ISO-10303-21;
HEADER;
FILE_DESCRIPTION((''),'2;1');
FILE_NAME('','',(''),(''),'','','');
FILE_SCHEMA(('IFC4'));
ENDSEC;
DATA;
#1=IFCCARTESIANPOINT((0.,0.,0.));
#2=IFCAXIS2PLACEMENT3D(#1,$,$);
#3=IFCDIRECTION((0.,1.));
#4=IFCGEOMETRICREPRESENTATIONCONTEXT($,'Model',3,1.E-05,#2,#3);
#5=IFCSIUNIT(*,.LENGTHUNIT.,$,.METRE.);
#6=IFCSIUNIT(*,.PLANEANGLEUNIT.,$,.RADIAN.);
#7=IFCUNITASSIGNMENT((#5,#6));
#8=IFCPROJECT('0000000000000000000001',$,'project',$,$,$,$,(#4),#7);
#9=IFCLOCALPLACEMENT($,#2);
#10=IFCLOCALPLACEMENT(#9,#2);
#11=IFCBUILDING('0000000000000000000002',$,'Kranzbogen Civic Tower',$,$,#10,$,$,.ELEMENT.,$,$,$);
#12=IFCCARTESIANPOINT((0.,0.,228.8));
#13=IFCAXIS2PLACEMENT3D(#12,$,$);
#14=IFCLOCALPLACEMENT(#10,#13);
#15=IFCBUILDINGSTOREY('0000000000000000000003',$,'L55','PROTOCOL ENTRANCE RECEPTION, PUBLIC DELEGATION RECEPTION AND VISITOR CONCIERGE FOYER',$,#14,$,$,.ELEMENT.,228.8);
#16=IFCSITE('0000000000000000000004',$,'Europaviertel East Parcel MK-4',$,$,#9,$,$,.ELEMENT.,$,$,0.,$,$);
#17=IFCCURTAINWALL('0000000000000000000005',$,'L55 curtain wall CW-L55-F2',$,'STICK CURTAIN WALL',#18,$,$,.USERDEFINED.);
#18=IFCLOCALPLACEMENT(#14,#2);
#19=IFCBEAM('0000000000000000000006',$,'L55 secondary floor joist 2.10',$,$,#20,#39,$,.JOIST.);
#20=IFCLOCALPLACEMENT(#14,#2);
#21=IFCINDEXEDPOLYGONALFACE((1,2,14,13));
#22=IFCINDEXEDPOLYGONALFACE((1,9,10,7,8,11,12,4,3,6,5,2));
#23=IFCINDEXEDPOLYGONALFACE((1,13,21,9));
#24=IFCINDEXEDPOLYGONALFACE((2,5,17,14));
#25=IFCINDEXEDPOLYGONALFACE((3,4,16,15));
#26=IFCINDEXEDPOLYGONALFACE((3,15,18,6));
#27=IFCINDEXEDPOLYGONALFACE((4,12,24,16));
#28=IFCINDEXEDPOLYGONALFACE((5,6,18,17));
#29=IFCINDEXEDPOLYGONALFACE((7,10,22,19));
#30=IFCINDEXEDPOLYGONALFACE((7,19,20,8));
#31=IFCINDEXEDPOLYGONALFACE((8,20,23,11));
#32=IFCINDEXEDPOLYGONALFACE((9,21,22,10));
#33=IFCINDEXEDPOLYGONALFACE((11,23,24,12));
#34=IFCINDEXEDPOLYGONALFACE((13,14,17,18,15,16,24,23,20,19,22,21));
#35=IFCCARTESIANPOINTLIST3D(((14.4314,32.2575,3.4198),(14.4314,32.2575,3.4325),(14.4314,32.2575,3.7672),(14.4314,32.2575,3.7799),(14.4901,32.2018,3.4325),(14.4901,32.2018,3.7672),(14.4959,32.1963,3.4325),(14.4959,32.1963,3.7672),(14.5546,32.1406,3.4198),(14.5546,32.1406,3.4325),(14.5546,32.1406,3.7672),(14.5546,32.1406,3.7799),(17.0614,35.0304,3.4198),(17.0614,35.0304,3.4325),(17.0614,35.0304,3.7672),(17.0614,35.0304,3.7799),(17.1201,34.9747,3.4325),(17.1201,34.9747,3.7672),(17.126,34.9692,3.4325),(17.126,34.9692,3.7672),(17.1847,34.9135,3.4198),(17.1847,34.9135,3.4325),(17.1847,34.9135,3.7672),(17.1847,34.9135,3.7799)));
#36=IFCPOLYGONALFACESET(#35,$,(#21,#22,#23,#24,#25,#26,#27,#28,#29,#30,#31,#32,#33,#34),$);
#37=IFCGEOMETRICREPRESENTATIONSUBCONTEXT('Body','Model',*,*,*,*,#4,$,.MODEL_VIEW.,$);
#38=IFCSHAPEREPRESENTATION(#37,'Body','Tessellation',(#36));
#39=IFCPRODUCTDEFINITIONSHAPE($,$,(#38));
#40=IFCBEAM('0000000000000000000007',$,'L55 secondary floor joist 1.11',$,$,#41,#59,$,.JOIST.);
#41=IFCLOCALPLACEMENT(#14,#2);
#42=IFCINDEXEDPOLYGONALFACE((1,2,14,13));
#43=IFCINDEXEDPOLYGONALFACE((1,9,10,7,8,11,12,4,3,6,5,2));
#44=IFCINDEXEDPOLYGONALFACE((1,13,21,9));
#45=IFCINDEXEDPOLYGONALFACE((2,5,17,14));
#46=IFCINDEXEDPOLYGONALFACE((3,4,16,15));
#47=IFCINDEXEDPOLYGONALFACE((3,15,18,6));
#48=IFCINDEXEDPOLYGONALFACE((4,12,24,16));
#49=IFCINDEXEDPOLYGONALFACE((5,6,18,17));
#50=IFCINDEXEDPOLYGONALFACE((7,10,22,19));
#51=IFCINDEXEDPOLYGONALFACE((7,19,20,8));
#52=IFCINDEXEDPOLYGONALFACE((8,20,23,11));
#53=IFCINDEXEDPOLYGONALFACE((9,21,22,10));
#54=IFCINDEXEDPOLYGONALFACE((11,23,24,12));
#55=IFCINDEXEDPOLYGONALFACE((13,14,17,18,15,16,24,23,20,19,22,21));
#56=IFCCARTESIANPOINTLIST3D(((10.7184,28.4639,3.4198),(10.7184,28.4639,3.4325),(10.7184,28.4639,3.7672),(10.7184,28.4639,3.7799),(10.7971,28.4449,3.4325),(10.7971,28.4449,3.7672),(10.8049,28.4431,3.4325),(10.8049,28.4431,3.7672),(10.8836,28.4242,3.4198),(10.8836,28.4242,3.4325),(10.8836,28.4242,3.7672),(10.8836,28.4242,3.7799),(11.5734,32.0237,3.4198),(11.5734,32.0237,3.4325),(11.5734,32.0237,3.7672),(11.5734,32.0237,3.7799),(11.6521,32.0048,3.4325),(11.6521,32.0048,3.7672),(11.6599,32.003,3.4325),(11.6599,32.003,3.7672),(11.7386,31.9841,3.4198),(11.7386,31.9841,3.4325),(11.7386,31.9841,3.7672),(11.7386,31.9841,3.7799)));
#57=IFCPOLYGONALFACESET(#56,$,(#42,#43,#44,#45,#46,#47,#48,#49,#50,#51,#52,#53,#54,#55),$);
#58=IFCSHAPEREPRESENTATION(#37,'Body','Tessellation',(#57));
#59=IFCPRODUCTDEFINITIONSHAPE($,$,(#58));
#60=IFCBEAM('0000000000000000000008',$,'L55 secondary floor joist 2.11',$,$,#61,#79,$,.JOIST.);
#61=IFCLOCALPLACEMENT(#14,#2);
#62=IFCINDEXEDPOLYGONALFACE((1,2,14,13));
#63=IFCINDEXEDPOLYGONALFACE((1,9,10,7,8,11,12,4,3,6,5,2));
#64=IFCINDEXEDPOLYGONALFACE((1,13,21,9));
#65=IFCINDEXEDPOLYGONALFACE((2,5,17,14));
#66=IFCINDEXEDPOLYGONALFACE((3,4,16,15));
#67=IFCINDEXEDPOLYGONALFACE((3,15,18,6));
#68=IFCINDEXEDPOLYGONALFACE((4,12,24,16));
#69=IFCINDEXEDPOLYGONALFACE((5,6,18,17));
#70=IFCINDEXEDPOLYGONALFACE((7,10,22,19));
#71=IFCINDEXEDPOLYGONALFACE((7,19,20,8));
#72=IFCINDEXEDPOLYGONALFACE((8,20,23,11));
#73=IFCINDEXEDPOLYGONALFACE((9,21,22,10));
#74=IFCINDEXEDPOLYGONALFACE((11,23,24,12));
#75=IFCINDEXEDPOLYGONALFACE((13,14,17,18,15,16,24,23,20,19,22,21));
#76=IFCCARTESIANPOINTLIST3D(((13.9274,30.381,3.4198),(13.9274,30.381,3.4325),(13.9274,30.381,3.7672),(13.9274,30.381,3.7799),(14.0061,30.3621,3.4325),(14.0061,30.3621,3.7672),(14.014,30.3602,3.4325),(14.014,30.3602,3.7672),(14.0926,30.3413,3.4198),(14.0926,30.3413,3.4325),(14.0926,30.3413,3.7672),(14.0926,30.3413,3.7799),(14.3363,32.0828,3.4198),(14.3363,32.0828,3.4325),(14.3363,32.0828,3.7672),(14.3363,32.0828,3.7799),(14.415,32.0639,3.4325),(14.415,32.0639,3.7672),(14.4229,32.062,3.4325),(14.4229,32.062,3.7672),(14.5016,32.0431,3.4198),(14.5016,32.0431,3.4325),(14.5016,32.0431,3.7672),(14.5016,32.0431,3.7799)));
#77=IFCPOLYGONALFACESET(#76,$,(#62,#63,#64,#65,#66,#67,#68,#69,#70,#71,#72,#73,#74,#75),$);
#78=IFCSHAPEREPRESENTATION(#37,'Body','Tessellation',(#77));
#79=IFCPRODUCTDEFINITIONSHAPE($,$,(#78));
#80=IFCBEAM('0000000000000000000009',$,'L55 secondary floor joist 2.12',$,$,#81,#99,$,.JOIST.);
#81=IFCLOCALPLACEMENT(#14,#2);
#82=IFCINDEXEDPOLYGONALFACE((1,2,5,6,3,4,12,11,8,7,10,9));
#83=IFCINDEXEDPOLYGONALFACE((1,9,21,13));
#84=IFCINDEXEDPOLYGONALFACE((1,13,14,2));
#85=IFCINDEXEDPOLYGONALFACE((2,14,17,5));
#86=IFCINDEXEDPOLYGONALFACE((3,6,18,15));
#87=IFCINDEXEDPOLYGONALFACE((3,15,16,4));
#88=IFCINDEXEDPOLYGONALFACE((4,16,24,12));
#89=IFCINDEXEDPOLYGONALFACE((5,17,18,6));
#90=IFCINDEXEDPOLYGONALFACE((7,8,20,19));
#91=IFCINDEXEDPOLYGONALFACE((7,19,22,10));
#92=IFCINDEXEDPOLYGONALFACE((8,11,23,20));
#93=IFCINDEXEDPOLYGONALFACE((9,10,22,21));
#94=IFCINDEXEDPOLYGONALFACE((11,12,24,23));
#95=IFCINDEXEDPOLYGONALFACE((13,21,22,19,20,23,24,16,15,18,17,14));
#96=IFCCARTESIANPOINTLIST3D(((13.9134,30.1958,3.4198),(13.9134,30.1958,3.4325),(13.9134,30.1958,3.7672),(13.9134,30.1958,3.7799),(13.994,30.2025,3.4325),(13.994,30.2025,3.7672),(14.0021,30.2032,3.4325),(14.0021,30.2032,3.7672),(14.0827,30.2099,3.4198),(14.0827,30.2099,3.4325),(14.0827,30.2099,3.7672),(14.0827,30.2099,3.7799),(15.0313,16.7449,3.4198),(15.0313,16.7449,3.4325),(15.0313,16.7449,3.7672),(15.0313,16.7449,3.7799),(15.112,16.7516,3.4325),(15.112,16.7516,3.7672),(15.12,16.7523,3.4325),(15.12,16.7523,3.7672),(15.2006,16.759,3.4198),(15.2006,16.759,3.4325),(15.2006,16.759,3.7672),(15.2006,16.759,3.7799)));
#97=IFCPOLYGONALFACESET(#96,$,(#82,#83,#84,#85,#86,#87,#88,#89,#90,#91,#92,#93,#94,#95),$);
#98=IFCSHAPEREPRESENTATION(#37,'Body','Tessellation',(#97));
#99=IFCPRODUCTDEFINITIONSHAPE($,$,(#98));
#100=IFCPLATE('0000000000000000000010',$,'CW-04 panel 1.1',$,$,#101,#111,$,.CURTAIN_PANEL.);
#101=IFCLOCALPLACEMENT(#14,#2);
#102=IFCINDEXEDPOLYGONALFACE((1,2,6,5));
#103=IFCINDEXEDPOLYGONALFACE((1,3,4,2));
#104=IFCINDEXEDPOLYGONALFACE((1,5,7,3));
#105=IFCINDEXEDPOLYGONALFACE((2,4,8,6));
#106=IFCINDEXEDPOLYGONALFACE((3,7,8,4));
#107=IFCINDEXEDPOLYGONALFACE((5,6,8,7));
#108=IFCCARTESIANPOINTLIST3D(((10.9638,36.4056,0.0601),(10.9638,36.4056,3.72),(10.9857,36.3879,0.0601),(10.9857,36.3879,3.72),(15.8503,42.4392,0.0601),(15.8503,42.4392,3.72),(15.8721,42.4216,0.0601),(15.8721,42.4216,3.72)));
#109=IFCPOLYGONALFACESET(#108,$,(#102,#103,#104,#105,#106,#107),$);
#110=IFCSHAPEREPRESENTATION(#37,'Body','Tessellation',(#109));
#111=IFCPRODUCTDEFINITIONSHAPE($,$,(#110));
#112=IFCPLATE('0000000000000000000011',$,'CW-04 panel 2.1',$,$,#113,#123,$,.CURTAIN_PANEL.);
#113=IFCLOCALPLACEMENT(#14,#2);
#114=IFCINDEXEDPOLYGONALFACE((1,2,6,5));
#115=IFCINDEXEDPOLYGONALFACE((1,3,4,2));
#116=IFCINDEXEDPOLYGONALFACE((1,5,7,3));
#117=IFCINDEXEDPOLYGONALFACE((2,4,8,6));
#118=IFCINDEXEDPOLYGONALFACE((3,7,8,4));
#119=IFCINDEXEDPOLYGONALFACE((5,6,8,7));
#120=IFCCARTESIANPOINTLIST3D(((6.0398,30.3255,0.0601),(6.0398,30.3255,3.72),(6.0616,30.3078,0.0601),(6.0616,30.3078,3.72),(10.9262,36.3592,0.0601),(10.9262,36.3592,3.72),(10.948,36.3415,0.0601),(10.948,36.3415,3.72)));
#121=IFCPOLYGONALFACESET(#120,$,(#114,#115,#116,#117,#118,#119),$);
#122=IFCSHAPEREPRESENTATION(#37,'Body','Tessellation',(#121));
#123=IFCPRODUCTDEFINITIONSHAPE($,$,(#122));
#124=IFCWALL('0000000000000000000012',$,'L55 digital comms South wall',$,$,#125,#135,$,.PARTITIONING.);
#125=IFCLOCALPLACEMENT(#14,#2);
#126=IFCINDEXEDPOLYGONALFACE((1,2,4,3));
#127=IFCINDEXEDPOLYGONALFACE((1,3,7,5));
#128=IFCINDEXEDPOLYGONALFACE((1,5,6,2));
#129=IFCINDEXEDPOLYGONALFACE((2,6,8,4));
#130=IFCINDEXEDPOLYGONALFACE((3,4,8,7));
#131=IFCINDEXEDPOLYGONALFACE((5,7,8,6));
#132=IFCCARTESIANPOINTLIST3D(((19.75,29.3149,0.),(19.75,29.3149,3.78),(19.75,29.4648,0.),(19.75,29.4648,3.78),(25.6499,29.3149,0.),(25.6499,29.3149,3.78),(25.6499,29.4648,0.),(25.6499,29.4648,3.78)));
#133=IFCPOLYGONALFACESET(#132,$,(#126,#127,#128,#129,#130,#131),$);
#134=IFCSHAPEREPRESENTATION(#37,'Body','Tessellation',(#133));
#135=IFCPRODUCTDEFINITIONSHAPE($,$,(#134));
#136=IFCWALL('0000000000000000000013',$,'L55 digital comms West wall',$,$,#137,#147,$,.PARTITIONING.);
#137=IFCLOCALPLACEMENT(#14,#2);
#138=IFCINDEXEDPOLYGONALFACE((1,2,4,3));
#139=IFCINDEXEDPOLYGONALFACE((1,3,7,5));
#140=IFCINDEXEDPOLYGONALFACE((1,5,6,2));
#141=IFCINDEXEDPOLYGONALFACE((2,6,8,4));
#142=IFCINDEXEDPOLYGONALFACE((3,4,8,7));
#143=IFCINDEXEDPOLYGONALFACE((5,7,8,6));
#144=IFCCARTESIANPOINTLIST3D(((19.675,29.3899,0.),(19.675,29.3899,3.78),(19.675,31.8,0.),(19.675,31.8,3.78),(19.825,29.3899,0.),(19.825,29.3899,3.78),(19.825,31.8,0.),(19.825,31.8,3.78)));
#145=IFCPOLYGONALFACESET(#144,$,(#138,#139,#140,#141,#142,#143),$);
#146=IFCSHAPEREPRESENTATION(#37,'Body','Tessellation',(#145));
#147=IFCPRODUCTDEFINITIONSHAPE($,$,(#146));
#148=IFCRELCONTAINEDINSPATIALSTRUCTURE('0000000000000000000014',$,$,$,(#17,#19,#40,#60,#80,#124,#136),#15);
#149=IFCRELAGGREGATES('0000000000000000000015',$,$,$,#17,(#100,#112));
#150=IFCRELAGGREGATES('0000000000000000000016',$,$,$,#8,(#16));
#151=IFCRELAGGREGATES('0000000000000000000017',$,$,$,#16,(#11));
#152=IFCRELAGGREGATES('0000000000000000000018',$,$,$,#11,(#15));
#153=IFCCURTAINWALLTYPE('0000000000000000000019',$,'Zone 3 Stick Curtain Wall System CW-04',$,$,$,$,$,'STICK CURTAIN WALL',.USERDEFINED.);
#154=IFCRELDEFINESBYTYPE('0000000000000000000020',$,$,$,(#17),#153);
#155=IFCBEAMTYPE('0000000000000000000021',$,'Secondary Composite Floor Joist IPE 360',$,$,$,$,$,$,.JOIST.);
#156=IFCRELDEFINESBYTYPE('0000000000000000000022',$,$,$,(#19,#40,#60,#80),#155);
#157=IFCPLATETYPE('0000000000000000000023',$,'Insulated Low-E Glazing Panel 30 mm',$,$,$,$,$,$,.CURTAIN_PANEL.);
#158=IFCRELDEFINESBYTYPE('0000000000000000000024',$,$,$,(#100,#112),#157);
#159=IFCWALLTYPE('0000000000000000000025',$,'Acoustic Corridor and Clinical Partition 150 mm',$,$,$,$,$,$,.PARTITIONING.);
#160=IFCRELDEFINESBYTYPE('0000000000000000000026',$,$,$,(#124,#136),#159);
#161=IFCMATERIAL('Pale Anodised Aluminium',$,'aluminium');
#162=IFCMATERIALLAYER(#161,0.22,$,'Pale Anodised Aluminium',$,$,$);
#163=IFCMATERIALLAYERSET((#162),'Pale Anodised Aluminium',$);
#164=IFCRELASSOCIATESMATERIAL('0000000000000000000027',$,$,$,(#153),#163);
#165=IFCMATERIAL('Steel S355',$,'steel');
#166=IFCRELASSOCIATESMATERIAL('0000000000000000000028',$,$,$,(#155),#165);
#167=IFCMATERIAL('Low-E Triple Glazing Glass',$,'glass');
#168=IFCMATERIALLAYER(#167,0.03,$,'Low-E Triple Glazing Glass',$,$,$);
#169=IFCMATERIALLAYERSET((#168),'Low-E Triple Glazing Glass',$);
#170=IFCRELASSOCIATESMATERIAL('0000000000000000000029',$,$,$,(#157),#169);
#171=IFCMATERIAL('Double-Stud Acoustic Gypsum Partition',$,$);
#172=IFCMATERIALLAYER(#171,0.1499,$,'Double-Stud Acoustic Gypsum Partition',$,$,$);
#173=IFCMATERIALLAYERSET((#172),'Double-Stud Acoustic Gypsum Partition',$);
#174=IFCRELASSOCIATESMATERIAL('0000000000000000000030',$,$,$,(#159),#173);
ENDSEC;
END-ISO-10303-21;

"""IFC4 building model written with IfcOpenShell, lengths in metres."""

from ifc_helpers import new_model, si_unit, direction, frame, frame_2d, origin, origin_2d, place, context, subcontext, project, spatial, rectangle, i_section, extrude, material, layer, layer_set, material_profile, profile_set, type_object, element, aggregate, save


model = new_model("IFC4")

# Units and contexts
model_context = context("Model", 3, precision=1e-05, world=origin(), true_north=direction((0.0, 1.0)))
body_context = subcontext(model_context, "Body", "Model", "MODEL_VIEW")
ifc_project = project(units=[si_unit("LENGTHUNIT", "METRE"), si_unit("PLANEANGLEUNIT", "RADIAN")], contexts=[model_context])

# Site, building, storey
site_placement = place(None, origin())
site = spatial("IfcSite", under=ifc_project, at=site_placement, Name="Europaviertel East Parcel MK-4", CompositionType="ELEMENT", RefElevation=0.0)
building_placement = place(site_placement, origin())
building = spatial("IfcBuilding", under=site, at=building_placement, Name="Kranzbogen Civic Tower", CompositionType="ELEMENT")
storey_placement = place(building_placement, frame((0.0, 0.0, 228.8)))
storey = spatial("IfcBuildingStorey", under=building, at=storey_placement, Name="L55", Description="PROTOCOL ENTRANCE RECEPTION, PUBLIC DELEGATION RECEPTION AND VISITOR CONCIERGE FOYER", CompositionType="ELEMENT", Elevation=228.8)

# Shared definitions
ifc_material_1 = material(Name="Steel S355", Category="steel")

# Shared definitions
ifc_material_2 = material(Name="Pale Anodised Aluminium", Category="aluminium")
ifc_layer_1 = layer(ifc_material_2, 0.22, Name="Pale Anodised Aluminium")
ifc_layer_set_1 = layer_set([ifc_layer_1], Name="Pale Anodised Aluminium")
curtain_wall_type = type_object("IfcCurtainWallType", Name="Zone 3 Stick Curtain Wall System CW-04", ElementType="STICK CURTAIN WALL", PredefinedType="USERDEFINED", material=ifc_layer_set_1)

# Curtain wall
curtain_wall_1_placement = place(storey_placement, origin())
curtain_wall_1 = element("IfcCurtainWall", 1, at=curtain_wall_1_placement, inside=storey, type_object=curtain_wall_type, Name="L55 curtain wall CW-L55-F2", ObjectType="STICK CURTAIN WALL", PredefinedType="USERDEFINED")

# Beams
ifc_material_profile_1 = material_profile(ifc_material_1, i_section(OverallWidth=0.1699, OverallDepth=0.3601, WebThickness=0.0081, FlangeThickness=0.0127, at=origin_2d()), Name="IPE 360")
ifc_profile_set_1 = profile_set([ifc_material_profile_1], Name="Steel S355")
beam_type_1 = type_object("IfcBeamType", Name="Secondary Composite Floor Joist IPE 360", PredefinedType="JOIST", material=ifc_profile_set_1)
beam_1_placement = place(storey_placement, frame((17.123, 34.9719, 3.5999), z_axis=(-0.688175, -0.725545, 0.0), x_axis=(0.725545, -0.688175, 0.0)))
element("IfcBeam", 2, at=beam_1_placement, inside=storey, type_object=beam_type_1, Name="L55 secondary floor joist 2.10", PredefinedType="JOIST", context=body_context, shape_type="SweptSolid", body=[
    extrude(i_section(OverallWidth=0.1699, OverallDepth=0.3601, WebThickness=0.0081, FlangeThickness=0.0127, at=origin_2d()), origin(), (0.0, 0.0, 1.0), 3.8218),
])
beam_2_placement = place(storey_placement, frame((11.656, 32.0039, 3.5999), z_axis=(-0.233534, -0.972349, 0.0), x_axis=(0.972349, -0.233534, 0.0)))
element("IfcBeam", 3, at=beam_2_placement, inside=storey, type_object=beam_type_1, Name="L55 secondary floor joist 1.11", PredefinedType="JOIST", context=body_context, shape_type="SweptSolid", body=[
    extrude(i_section(OverallWidth=0.1699, OverallDepth=0.3601, WebThickness=0.0081, FlangeThickness=0.0127, at=origin_2d()), origin(), (0.0, 0.0, 1.0), 3.6611),
])
beam_3_placement = place(storey_placement, frame((14.4189, 32.063, 3.5999), z_axis=(-0.233631, -0.972325, 0.0), x_axis=(0.972325, -0.233631, 0.0)))
element("IfcBeam", 4, at=beam_3_placement, inside=storey, type_object=beam_type_1, Name="L55 secondary floor joist 2.11", PredefinedType="JOIST", context=body_context, shape_type="SweptSolid", body=[
    extrude(i_section(OverallWidth=0.1699, OverallDepth=0.3601, WebThickness=0.0081, FlangeThickness=0.0127, at=origin_2d()), origin(), (0.0, 0.0, 1.0), 1.7502),
])
beam_4_placement = place(storey_placement, frame((13.998, 30.2029, 3.5999), z_axis=(0.082825, -0.996564, 0.0), x_axis=(0.996564, 0.082825, 0.0)))
element("IfcBeam", 5, at=beam_4_placement, inside=storey, type_object=beam_type_1, Name="L55 secondary floor joist 2.12", PredefinedType="JOIST", context=body_context, shape_type="SweptSolid", body=[
    extrude(i_section(OverallWidth=0.1699, OverallDepth=0.3601, WebThickness=0.0081, FlangeThickness=0.0127, at=origin_2d()), origin(), (0.0, 0.0, 1.0), 13.4973),
])

# Plates
ifc_material_3 = material(Name="Low-E Triple Glazing Glass", Category="glass")
ifc_layer_2 = layer(ifc_material_3, 0.03, Name="Low-E Triple Glazing Glass")
ifc_layer_set_2 = layer_set([ifc_layer_2], Name="Low-E Triple Glazing Glass")
plate_type = type_object("IfcPlateType", Name="Insulated Low-E Glazing Panel 30 mm", PredefinedType="CURTAIN_PANEL", material=ifc_layer_set_2)
plate_1_placement = place(storey_placement, frame((13.418, 39.4136, 0.0601), z_axis=(0.0, 0.0, 1.0), x_axis=(-0.629358, -0.777116, 0.0)))
plate_1 = element("IfcPlate", 6, at=plate_1_placement, type_object=plate_type, Name="CW-04 panel 1.1", PredefinedType="CURTAIN_PANEL", context=body_context, shape_type="SweptSolid", body=[
    extrude(rectangle(XDim=7.7642, YDim=0.0281, at=origin_2d()), origin(), (0.0, 0.0, 1.0), 3.6599),
])
plate_2_placement = place(storey_placement, frame((8.4939, 33.3335, 0.0601), z_axis=(0.0, 0.0, 1.0), x_axis=(-0.629358, -0.777116, 0.0)))
plate_2 = element("IfcPlate", 7, at=plate_2_placement, type_object=plate_type, Name="CW-04 panel 2.1", PredefinedType="CURTAIN_PANEL", context=body_context, shape_type="SweptSolid", body=[
    extrude(rectangle(XDim=7.7642, YDim=0.0281, at=origin_2d()), origin(), (0.0, 0.0, 1.0), 3.6599),
])
aggregate(curtain_wall_1, [plate_1, plate_2])

# Walls
ifc_material_4 = material(Name="Double-Stud Acoustic Gypsum Partition")
ifc_layer_3 = layer(ifc_material_4, 0.1499, Name="Double-Stud Acoustic Gypsum Partition")
ifc_layer_set_3 = layer_set([ifc_layer_3], Name="Double-Stud Acoustic Gypsum Partition")
wall_type_1 = type_object("IfcWallType", Name="Acoustic Corridor and Clinical Partition 150 mm", PredefinedType="PARTITIONING", material=ifc_layer_set_3)
wall_1_placement = place(storey_placement, frame((19.75, 29.3899, 0.0), z_axis=(0.0, 0.0, 1.0), x_axis=(1.0, 0.0, 0.0)))
element("IfcWall", 8, at=wall_1_placement, inside=storey, type_object=wall_type_1, Name="L55 digital comms South wall", PredefinedType="PARTITIONING", context=body_context, shape_type="SweptSolid", body=[
    extrude(rectangle(XDim=5.8999, YDim=0.1499, at=frame_2d((2.95, 0.0))), origin(), (0.0, 0.0, 1.0), 3.78),
])
wall_2_placement = place(storey_placement, frame((19.75, 29.3899, 0.0), z_axis=(0.0, 0.0, 1.0), x_axis=(0.0, 1.0, 0.0)))
element("IfcWall", 9, at=wall_2_placement, inside=storey, type_object=wall_type_1, Name="L55 digital comms West wall", PredefinedType="PARTITIONING", context=body_context, shape_type="SweptSolid", body=[
    extrude(rectangle(XDim=2.4102, YDim=0.1499, at=frame_2d((1.2051, 0.0))), origin(), (0.0, 0.0, 1.0), 3.78),
])

save(model, "model.ifc")
